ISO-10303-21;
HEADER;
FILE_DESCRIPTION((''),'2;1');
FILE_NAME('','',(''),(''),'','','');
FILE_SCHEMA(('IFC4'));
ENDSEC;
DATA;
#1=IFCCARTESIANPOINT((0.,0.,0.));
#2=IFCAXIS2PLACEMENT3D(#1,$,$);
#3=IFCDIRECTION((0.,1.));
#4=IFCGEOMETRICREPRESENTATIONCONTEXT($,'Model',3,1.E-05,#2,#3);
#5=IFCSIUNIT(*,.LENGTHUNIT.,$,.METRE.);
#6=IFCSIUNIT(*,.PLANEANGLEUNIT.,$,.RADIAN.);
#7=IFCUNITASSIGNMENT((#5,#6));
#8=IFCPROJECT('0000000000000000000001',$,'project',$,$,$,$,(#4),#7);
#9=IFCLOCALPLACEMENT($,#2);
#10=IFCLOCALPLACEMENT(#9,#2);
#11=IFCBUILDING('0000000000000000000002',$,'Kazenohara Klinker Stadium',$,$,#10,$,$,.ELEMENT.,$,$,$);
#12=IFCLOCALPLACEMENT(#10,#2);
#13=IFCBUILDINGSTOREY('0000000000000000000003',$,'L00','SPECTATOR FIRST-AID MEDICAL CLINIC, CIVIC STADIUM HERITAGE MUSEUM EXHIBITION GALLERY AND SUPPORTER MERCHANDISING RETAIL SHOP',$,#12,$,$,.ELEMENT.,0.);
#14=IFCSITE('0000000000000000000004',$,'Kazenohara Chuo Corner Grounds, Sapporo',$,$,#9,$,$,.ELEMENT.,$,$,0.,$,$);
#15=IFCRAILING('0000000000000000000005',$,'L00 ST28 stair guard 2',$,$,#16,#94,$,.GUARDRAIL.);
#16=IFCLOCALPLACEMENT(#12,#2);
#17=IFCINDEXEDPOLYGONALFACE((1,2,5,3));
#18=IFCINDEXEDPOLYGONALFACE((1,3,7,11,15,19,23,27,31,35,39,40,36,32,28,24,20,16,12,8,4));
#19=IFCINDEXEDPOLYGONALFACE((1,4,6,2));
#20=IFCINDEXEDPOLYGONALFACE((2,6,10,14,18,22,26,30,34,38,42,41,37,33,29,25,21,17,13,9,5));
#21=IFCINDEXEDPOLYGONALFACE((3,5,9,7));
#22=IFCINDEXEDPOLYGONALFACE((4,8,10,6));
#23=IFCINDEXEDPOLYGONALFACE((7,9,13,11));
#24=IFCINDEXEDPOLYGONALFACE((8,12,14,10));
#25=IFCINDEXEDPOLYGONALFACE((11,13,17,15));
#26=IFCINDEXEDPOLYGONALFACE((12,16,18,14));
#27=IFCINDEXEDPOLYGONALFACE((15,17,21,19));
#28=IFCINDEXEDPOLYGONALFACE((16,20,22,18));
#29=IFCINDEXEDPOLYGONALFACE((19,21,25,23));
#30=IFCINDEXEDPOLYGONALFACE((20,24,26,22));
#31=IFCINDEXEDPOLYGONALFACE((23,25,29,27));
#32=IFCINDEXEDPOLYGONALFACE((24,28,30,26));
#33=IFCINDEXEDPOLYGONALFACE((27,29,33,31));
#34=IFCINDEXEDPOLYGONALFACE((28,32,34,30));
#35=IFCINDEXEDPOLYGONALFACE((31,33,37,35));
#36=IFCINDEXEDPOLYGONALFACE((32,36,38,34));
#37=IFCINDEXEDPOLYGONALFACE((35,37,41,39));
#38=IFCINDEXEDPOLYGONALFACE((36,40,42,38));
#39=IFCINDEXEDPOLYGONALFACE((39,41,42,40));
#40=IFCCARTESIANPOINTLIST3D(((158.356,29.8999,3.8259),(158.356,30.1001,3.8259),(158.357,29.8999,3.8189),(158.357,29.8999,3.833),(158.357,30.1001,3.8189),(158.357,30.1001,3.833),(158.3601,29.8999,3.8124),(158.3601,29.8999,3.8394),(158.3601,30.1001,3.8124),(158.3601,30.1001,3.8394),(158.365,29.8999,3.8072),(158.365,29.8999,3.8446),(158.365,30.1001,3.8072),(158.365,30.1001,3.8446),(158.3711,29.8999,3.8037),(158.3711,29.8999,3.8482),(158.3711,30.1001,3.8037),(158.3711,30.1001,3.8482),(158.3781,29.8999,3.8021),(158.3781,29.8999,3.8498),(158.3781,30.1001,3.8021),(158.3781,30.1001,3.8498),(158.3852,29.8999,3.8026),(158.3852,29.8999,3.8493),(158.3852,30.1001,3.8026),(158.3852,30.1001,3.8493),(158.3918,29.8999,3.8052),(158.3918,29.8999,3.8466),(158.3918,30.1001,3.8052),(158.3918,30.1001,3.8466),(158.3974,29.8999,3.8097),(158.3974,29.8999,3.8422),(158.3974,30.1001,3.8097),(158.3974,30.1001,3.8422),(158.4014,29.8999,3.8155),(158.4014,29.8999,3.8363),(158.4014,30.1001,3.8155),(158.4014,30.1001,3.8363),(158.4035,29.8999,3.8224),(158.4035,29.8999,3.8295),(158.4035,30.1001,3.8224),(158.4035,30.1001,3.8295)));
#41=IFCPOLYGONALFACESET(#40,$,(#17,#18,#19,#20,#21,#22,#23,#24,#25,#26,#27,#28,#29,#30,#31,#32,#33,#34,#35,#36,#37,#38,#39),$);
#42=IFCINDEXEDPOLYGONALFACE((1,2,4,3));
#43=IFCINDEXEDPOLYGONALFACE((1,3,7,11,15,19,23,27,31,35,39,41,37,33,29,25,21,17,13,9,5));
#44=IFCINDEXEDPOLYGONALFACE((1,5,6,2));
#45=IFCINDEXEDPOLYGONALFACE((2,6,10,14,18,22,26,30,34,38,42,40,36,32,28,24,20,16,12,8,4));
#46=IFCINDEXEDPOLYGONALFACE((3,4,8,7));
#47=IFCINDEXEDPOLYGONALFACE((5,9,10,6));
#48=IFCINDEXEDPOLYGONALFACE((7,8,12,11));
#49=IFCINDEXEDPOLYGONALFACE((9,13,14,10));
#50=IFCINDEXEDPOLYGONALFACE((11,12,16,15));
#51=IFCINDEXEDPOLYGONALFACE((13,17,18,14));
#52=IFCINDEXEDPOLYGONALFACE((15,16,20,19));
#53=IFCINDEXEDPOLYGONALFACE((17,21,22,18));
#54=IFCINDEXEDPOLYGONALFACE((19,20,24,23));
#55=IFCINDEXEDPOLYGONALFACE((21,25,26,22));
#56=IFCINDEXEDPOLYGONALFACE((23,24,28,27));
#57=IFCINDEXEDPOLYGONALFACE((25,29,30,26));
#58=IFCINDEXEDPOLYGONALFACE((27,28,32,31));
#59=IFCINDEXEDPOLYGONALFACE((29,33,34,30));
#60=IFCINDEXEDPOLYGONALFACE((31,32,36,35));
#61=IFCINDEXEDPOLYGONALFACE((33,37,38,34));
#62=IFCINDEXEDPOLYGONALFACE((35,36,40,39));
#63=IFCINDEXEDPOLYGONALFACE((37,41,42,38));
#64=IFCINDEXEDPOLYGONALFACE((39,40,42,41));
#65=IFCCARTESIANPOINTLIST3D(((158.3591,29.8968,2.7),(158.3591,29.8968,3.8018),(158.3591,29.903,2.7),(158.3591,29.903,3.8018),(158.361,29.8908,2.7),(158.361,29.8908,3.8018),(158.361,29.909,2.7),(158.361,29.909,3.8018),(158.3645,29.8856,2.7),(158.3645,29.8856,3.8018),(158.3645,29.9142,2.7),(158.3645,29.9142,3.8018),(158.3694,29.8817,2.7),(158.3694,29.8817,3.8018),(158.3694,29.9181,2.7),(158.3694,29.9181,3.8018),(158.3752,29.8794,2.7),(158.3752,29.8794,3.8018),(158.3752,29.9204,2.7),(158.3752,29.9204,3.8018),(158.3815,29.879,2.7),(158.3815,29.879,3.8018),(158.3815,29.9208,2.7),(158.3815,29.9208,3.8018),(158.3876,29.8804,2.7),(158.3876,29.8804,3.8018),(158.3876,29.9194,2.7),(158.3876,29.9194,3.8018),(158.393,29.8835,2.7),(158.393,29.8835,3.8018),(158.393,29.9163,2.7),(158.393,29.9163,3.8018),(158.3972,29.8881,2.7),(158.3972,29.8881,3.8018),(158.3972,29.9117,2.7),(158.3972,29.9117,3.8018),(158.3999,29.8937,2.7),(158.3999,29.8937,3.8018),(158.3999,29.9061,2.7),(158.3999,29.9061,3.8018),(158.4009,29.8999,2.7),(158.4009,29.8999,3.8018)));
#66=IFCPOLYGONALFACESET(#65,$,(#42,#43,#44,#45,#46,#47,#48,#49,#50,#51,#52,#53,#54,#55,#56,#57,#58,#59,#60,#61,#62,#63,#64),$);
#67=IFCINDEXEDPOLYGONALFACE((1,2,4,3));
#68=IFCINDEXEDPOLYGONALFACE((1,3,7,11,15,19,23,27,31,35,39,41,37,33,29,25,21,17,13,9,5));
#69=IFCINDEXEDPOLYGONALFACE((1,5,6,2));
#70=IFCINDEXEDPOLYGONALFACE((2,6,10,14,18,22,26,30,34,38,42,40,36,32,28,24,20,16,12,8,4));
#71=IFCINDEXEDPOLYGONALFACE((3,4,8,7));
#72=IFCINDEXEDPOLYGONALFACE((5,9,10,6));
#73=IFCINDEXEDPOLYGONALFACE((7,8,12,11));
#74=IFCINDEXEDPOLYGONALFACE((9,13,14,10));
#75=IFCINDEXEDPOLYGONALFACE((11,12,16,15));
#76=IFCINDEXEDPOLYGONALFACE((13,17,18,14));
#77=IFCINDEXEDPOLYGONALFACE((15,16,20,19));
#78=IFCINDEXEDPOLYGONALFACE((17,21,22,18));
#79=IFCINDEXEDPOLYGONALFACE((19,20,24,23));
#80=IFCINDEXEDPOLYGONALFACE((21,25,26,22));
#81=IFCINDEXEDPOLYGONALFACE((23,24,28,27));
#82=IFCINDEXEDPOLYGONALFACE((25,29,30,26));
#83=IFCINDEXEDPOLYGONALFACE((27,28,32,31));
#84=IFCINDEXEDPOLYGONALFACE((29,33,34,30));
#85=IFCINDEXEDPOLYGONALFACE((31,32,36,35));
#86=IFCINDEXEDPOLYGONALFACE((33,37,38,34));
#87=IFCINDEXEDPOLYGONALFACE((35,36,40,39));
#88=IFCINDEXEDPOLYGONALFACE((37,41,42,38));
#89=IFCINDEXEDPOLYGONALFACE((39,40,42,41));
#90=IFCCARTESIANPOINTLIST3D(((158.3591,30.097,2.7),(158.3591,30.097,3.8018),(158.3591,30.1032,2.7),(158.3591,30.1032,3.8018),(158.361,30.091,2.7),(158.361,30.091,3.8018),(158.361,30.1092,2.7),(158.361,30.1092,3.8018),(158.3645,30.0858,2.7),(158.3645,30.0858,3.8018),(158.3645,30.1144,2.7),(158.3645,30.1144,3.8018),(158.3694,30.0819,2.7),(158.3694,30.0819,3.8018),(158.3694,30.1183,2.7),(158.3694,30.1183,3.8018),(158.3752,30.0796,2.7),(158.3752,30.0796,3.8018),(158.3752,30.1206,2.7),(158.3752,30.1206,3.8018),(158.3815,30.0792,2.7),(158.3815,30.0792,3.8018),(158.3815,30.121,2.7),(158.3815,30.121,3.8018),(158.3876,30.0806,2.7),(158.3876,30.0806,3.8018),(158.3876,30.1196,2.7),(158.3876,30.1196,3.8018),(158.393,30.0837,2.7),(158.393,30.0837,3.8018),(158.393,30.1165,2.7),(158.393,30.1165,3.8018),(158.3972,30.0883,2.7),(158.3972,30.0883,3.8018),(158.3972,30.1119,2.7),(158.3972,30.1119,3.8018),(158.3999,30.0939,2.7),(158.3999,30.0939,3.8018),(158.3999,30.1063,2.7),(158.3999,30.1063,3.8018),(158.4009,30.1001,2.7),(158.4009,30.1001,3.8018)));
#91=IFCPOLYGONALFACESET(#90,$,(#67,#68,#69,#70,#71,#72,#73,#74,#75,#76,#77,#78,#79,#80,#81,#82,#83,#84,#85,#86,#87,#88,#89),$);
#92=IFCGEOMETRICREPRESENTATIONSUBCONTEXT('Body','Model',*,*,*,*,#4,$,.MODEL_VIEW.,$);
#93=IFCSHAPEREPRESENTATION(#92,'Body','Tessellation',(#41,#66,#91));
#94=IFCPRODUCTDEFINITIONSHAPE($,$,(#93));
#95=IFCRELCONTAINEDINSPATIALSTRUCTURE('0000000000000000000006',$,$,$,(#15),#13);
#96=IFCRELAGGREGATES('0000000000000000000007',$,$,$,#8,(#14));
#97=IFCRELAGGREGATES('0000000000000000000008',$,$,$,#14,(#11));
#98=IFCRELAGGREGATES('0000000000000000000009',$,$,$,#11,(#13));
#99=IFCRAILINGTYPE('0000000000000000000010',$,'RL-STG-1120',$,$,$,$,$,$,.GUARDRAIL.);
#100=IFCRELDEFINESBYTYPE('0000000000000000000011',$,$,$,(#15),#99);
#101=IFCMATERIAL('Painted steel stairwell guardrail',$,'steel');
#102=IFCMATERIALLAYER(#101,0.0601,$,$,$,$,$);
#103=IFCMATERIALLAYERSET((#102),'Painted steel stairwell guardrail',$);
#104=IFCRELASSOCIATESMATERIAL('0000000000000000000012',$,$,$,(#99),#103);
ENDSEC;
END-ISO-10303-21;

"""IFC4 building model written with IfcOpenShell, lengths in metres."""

from ifc_helpers import new_model, si_unit, direction, frame, origin, origin_2d, place, context, subcontext, project, spatial, circle, extrude, material, layer, layer_set, type_object, element, save


model = new_model("IFC4")

# Units and contexts
model_context = context("Model", 3, precision=1e-05, world=origin(), true_north=direction((0.0, 1.0)))
body_context = subcontext(model_context, "Body", "Model", "MODEL_VIEW")
ifc_project = project(units=[si_unit("LENGTHUNIT", "METRE"), si_unit("PLANEANGLEUNIT", "RADIAN")], contexts=[model_context])

# Site, building, storey
site_placement = place(None, origin())
site = spatial("IfcSite", under=ifc_project, at=site_placement, Name="Kazenohara Chuo Corner Grounds, Sapporo", CompositionType="ELEMENT", RefElevation=0.0)
building_placement = place(site_placement, origin())
building = spatial("IfcBuilding", under=site, at=building_placement, Name="Kazenohara Klinker Stadium", CompositionType="ELEMENT")
storey_placement = place(building_placement, origin())
storey = spatial("IfcBuildingStorey", under=building, at=storey_placement, Name="L00", Description="SPECTATOR FIRST-AID MEDICAL CLINIC, CIVIC STADIUM HERITAGE MUSEUM EXHIBITION GALLERY AND SUPPORTER MERCHANDISING RETAIL SHOP", CompositionType="ELEMENT", Elevation=0.0)

# Railing
ifc_material_1 = material(Name="Painted steel stairwell guardrail", Category="steel")
ifc_layer_1 = layer(ifc_material_1, 0.0601)
ifc_layer_set_1 = layer_set([ifc_layer_1], Name="Painted steel stairwell guardrail")
railing_type_1 = type_object("IfcRailingType", Name="RL-STG-1120", PredefinedType="GUARDRAIL", material=ifc_layer_set_1)
railing_1_placement = place(storey_placement, frame((158.3799, 29.8999, 2.7)))
element("IfcRailing", 1, at=railing_1_placement, inside=storey, type_object=railing_type_1, Name="L00 ST28 stair guard 2", PredefinedType="GUARDRAIL", context=body_context, shape_type="SweptSolid", body=[
    extrude(circle(Radius=0.0239, at=origin_2d()), frame((0.0, 0.0, 1.126), z_axis=(0.0, 1.0, 0.0), x_axis=(-1.0, 0.0, 0.0)), (0.0, 0.0, 1.0), 0.2002),
    extrude(circle(Radius=0.021, at=origin_2d()), origin(), (0.0, 0.0, 1.0), 1.1018),
    extrude(circle(Radius=0.021, at=origin_2d()), frame((0.0, 0.2002, 0.0)), (0.0, 0.0, 1.0), 1.1018),
])

save(model, "model.ifc")
